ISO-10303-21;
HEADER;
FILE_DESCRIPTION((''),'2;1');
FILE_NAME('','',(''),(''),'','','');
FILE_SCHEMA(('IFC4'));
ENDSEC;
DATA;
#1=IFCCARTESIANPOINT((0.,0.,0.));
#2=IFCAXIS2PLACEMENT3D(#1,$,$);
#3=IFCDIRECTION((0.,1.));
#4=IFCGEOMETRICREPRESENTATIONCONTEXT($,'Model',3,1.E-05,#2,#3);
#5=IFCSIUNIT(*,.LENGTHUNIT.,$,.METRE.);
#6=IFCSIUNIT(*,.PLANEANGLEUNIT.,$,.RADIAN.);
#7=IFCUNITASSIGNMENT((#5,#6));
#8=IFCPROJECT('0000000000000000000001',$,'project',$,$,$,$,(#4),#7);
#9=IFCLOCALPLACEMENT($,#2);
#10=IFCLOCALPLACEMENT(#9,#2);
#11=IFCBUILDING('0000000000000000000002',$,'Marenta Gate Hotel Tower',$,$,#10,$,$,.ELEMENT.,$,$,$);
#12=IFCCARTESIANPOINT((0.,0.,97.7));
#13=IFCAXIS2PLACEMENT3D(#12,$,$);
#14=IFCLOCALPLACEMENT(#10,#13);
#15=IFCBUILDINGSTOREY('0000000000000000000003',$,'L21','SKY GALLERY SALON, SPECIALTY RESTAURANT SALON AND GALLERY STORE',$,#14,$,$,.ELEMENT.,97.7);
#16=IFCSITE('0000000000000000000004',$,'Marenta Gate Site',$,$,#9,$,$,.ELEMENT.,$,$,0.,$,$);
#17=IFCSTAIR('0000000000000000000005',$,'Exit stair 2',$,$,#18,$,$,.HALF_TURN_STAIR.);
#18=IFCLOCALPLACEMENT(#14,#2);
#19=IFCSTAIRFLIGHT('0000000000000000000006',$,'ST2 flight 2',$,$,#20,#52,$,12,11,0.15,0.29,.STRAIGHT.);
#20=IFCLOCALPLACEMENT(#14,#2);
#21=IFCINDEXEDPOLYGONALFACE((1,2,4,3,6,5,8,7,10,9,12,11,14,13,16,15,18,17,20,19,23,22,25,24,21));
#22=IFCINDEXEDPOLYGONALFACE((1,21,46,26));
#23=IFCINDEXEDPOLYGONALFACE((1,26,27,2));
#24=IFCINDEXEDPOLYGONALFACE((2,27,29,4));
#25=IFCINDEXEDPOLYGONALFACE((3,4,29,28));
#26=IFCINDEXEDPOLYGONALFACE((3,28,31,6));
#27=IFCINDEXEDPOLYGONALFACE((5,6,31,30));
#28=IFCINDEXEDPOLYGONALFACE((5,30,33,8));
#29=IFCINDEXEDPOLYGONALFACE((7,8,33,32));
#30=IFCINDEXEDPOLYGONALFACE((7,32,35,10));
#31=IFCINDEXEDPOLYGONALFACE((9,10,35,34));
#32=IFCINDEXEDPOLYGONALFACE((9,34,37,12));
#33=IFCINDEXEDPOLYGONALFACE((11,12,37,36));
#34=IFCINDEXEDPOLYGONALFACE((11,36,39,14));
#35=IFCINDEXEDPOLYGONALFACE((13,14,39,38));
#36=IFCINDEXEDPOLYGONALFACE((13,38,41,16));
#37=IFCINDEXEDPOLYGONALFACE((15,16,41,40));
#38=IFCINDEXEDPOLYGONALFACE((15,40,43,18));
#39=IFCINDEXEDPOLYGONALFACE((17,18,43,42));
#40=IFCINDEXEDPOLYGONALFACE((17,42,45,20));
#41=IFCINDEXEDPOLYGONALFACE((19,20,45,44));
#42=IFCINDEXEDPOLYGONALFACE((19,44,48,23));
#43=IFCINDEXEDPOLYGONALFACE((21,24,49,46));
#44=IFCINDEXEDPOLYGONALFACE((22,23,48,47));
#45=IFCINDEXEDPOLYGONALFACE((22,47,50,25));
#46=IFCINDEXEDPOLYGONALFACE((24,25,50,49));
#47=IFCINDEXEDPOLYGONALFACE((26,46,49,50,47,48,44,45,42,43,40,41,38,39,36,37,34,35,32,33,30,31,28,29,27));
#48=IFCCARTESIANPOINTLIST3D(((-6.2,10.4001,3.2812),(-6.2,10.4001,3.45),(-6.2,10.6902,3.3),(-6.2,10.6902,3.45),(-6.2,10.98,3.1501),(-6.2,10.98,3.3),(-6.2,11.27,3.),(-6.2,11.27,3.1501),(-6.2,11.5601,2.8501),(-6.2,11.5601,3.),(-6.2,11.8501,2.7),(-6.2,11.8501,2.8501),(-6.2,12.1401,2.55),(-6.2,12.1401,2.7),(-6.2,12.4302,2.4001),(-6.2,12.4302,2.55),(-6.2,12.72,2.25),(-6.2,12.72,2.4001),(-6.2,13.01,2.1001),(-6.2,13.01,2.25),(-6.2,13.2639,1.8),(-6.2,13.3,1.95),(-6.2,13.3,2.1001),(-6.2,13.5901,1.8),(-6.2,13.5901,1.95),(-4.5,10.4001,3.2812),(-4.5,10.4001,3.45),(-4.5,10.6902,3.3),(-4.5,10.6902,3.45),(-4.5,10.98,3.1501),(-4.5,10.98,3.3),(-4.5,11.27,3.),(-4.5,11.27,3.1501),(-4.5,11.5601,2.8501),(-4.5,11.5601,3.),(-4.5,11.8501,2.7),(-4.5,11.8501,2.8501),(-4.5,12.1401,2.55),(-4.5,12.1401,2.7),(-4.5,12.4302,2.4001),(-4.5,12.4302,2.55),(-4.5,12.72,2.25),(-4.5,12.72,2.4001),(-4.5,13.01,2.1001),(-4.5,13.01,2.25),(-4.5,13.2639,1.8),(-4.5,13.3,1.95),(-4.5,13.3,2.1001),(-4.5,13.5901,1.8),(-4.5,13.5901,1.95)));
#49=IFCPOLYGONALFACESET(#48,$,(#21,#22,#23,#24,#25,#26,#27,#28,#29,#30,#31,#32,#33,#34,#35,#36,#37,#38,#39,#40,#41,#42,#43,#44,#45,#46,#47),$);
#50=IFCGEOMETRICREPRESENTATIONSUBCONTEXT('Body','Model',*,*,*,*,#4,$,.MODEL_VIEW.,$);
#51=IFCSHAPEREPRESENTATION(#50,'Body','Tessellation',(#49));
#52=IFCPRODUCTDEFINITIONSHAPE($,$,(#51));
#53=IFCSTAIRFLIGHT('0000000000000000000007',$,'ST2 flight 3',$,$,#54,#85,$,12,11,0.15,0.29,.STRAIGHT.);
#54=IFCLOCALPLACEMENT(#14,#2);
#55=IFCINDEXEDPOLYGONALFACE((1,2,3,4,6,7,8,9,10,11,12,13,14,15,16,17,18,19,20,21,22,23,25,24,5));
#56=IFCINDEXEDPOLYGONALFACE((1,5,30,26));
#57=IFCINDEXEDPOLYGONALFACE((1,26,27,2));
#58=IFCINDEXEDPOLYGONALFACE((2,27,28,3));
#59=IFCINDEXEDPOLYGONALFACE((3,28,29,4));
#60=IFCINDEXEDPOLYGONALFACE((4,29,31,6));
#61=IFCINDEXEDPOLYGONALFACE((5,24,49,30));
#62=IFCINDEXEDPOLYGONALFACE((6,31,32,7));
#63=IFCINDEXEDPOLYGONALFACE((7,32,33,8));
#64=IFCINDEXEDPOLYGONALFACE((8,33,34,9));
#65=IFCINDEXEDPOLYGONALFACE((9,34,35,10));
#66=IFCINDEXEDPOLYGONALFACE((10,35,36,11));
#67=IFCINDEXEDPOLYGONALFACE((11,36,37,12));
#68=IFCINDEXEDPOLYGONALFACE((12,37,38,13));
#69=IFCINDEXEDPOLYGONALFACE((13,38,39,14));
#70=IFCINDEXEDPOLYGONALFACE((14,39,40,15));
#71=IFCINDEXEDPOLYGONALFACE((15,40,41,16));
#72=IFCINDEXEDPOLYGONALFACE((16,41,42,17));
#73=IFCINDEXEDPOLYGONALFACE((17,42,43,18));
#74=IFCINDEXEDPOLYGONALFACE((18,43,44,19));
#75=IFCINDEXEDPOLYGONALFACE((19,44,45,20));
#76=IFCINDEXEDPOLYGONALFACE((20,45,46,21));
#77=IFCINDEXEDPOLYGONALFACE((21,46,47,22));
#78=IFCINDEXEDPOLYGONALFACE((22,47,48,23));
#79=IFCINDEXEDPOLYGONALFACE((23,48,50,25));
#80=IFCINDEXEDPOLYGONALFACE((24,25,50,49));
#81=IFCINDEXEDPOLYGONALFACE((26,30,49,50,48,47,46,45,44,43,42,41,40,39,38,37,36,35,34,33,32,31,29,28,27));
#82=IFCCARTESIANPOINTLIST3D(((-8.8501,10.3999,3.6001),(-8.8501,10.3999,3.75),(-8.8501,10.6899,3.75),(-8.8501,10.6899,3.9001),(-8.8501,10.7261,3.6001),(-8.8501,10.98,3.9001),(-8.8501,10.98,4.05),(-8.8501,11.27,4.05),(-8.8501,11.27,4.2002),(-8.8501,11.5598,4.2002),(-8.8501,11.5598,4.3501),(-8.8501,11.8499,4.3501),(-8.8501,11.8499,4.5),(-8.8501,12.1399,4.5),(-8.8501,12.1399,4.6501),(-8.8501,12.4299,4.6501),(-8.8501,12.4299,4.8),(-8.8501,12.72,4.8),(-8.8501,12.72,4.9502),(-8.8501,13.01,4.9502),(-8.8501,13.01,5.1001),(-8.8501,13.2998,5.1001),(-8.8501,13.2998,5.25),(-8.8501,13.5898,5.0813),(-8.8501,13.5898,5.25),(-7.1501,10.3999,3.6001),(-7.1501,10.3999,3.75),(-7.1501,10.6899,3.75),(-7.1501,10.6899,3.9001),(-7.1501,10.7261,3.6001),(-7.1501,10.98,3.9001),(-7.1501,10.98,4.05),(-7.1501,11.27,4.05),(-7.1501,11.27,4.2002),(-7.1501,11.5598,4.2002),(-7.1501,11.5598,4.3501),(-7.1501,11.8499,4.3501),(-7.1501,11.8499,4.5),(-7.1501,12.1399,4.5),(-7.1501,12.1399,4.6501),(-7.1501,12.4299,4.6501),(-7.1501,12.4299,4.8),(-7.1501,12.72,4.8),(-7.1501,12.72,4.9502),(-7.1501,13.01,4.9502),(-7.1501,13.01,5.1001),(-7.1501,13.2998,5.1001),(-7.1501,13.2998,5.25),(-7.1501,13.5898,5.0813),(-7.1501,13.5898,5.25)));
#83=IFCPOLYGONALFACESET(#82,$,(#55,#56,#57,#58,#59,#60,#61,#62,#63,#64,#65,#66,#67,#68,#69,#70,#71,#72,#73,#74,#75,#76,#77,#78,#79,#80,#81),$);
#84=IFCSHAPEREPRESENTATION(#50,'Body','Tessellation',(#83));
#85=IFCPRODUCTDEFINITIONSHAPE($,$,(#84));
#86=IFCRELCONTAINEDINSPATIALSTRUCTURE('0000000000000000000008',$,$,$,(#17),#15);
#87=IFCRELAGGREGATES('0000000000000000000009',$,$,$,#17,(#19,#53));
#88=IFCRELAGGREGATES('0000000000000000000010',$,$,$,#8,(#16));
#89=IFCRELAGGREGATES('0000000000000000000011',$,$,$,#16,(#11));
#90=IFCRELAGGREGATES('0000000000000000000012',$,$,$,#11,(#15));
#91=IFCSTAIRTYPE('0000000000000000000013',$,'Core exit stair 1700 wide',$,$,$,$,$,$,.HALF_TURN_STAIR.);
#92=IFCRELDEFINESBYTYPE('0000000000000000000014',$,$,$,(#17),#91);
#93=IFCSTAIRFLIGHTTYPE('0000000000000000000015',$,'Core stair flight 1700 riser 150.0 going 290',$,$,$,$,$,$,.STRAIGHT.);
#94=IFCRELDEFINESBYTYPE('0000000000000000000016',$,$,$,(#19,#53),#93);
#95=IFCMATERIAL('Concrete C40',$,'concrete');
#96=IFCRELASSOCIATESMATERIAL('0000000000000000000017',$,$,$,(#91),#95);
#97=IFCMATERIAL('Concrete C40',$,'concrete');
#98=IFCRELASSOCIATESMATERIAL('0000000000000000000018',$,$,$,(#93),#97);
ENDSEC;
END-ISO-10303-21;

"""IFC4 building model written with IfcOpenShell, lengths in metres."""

from ifc_helpers import new_model, si_unit, direction, frame, origin, place, context, subcontext, project, spatial, polyline, outline, extrude, material, type_object, element, aggregate, save


model = new_model("IFC4")

# Units and contexts
model_context = context("Model", 3, precision=1e-05, world=origin(), true_north=direction((0.0, 1.0)))
body_context = subcontext(model_context, "Body", "Model", "MODEL_VIEW")
ifc_project = project(units=[si_unit("LENGTHUNIT", "METRE"), si_unit("PLANEANGLEUNIT", "RADIAN")], contexts=[model_context])

# Site, building, storey
site_placement = place(None, origin())
site = spatial("IfcSite", under=ifc_project, at=site_placement, Name="Marenta Gate Site", CompositionType="ELEMENT", RefElevation=0.0)
building_placement = place(site_placement, origin())
building = spatial("IfcBuilding", under=site, at=building_placement, Name="Marenta Gate Hotel Tower", CompositionType="ELEMENT")
storey_placement = place(building_placement, frame((0.0, 0.0, 97.7)))
storey = spatial("IfcBuildingStorey", under=building, at=storey_placement, Name="L21", Description="SKY GALLERY SALON, SPECIALTY RESTAURANT SALON AND GALLERY STORE", CompositionType="ELEMENT", Elevation=97.7)

# Stair, stair flights
ifc_material_1 = material(Name="Concrete C40", Category="concrete")
stair_type = type_object("IfcStairType", Name="Core exit stair 1700 wide", PredefinedType="HALF_TURN_STAIR", material=ifc_material_1)
ifc_material_2 = material(Name="Concrete C40", Category="concrete")
stair_flight_type = type_object("IfcStairFlightType", Name="Core stair flight 1700 riser 150.0 going 290", PredefinedType="STRAIGHT", material=ifc_material_2)
stair_1_placement = place(storey_placement, origin())
stair_1 = element("IfcStair", 1, at=stair_1_placement, inside=storey, type_object=stair_type, Name="Exit stair 2", PredefinedType="HALF_TURN_STAIR")
stair_flight_1_placement = place(storey_placement, frame((-5.3501, 13.5901, 1.8), z_axis=(0.0, 0.0, 1.0), x_axis=(0.0, -1.0, 0.0)))
stair_flight_1 = element("IfcStairFlight", 2, at=stair_flight_1_placement, type_object=stair_flight_type, Name="ST2 flight 2", NumberOfRisers=12, NumberOfTreads=11, PredefinedType="STRAIGHT", RiserHeight=0.15, TreadLength=0.29, context=body_context, shape_type="SweptSolid", body=[
    extrude(outline(polyline([(0.0, 0.0), (0.0, 0.1499), (0.29, 0.1499), (0.29, 0.3), (0.5801, 0.3), (0.5801, 0.45), (0.8701, 0.45), (0.8701, 0.6001), (1.1599, 0.6001), (1.1599, 0.75), (1.45, 0.75), (1.45, 0.8999), (1.74, 0.8999), (1.74, 1.05), (2.03, 1.05), (2.03, 1.2), (2.3201, 1.2), (2.3201, 1.3501), (2.6101, 1.3501), (2.6101, 1.5), (2.8999, 1.5), (2.8999, 1.6499), (3.1899, 1.6499), (3.1899, 1.8), (3.1899, 1.4812), (0.3262, 0.0), (0.0, 0.0)])), frame((0.0, 0.8501, 0.0), z_axis=(0.0, -1.0, 0.0), x_axis=(1.0, 0.0, 0.0)), (0.0, 0.0, 1.0), 1.7),
])
stair_flight_2_placement = place(storey_placement, frame((-8.0, 10.3999, 3.6001), z_axis=(0.0, 0.0, 1.0), x_axis=(0.0, 1.0, 0.0)))
stair_flight_2 = element("IfcStairFlight", 3, at=stair_flight_2_placement, type_object=stair_flight_type, Name="ST2 flight 3", NumberOfRisers=12, NumberOfTreads=11, PredefinedType="STRAIGHT", RiserHeight=0.15, TreadLength=0.29, context=body_context, shape_type="SweptSolid", body=[
    extrude(outline(polyline([(0.0, 0.0), (0.0, 0.1499), (0.29, 0.1499), (0.29, 0.3), (0.5801, 0.3), (0.5801, 0.45), (0.8701, 0.45), (0.8701, 0.6001), (1.1599, 0.6001), (1.1599, 0.75), (1.45, 0.75), (1.45, 0.8999), (1.74, 0.8999), (1.74, 1.05), (2.03, 1.05), (2.03, 1.2), (2.3201, 1.2), (2.3201, 1.3501), (2.6101, 1.3501), (2.6101, 1.5), (2.8999, 1.5), (2.8999, 1.6499), (3.1899, 1.6499), (3.1899, 1.8), (3.1899, 1.4812), (0.3262, 0.0), (0.0, 0.0)])), frame((0.0, 0.8501, 0.0), z_axis=(0.0, -1.0, 0.0), x_axis=(1.0, 0.0, 0.0)), (0.0, 0.0, 1.0), 1.7),
])
aggregate(stair_1, [stair_flight_1, stair_flight_2])

save(model, "model.ifc")
